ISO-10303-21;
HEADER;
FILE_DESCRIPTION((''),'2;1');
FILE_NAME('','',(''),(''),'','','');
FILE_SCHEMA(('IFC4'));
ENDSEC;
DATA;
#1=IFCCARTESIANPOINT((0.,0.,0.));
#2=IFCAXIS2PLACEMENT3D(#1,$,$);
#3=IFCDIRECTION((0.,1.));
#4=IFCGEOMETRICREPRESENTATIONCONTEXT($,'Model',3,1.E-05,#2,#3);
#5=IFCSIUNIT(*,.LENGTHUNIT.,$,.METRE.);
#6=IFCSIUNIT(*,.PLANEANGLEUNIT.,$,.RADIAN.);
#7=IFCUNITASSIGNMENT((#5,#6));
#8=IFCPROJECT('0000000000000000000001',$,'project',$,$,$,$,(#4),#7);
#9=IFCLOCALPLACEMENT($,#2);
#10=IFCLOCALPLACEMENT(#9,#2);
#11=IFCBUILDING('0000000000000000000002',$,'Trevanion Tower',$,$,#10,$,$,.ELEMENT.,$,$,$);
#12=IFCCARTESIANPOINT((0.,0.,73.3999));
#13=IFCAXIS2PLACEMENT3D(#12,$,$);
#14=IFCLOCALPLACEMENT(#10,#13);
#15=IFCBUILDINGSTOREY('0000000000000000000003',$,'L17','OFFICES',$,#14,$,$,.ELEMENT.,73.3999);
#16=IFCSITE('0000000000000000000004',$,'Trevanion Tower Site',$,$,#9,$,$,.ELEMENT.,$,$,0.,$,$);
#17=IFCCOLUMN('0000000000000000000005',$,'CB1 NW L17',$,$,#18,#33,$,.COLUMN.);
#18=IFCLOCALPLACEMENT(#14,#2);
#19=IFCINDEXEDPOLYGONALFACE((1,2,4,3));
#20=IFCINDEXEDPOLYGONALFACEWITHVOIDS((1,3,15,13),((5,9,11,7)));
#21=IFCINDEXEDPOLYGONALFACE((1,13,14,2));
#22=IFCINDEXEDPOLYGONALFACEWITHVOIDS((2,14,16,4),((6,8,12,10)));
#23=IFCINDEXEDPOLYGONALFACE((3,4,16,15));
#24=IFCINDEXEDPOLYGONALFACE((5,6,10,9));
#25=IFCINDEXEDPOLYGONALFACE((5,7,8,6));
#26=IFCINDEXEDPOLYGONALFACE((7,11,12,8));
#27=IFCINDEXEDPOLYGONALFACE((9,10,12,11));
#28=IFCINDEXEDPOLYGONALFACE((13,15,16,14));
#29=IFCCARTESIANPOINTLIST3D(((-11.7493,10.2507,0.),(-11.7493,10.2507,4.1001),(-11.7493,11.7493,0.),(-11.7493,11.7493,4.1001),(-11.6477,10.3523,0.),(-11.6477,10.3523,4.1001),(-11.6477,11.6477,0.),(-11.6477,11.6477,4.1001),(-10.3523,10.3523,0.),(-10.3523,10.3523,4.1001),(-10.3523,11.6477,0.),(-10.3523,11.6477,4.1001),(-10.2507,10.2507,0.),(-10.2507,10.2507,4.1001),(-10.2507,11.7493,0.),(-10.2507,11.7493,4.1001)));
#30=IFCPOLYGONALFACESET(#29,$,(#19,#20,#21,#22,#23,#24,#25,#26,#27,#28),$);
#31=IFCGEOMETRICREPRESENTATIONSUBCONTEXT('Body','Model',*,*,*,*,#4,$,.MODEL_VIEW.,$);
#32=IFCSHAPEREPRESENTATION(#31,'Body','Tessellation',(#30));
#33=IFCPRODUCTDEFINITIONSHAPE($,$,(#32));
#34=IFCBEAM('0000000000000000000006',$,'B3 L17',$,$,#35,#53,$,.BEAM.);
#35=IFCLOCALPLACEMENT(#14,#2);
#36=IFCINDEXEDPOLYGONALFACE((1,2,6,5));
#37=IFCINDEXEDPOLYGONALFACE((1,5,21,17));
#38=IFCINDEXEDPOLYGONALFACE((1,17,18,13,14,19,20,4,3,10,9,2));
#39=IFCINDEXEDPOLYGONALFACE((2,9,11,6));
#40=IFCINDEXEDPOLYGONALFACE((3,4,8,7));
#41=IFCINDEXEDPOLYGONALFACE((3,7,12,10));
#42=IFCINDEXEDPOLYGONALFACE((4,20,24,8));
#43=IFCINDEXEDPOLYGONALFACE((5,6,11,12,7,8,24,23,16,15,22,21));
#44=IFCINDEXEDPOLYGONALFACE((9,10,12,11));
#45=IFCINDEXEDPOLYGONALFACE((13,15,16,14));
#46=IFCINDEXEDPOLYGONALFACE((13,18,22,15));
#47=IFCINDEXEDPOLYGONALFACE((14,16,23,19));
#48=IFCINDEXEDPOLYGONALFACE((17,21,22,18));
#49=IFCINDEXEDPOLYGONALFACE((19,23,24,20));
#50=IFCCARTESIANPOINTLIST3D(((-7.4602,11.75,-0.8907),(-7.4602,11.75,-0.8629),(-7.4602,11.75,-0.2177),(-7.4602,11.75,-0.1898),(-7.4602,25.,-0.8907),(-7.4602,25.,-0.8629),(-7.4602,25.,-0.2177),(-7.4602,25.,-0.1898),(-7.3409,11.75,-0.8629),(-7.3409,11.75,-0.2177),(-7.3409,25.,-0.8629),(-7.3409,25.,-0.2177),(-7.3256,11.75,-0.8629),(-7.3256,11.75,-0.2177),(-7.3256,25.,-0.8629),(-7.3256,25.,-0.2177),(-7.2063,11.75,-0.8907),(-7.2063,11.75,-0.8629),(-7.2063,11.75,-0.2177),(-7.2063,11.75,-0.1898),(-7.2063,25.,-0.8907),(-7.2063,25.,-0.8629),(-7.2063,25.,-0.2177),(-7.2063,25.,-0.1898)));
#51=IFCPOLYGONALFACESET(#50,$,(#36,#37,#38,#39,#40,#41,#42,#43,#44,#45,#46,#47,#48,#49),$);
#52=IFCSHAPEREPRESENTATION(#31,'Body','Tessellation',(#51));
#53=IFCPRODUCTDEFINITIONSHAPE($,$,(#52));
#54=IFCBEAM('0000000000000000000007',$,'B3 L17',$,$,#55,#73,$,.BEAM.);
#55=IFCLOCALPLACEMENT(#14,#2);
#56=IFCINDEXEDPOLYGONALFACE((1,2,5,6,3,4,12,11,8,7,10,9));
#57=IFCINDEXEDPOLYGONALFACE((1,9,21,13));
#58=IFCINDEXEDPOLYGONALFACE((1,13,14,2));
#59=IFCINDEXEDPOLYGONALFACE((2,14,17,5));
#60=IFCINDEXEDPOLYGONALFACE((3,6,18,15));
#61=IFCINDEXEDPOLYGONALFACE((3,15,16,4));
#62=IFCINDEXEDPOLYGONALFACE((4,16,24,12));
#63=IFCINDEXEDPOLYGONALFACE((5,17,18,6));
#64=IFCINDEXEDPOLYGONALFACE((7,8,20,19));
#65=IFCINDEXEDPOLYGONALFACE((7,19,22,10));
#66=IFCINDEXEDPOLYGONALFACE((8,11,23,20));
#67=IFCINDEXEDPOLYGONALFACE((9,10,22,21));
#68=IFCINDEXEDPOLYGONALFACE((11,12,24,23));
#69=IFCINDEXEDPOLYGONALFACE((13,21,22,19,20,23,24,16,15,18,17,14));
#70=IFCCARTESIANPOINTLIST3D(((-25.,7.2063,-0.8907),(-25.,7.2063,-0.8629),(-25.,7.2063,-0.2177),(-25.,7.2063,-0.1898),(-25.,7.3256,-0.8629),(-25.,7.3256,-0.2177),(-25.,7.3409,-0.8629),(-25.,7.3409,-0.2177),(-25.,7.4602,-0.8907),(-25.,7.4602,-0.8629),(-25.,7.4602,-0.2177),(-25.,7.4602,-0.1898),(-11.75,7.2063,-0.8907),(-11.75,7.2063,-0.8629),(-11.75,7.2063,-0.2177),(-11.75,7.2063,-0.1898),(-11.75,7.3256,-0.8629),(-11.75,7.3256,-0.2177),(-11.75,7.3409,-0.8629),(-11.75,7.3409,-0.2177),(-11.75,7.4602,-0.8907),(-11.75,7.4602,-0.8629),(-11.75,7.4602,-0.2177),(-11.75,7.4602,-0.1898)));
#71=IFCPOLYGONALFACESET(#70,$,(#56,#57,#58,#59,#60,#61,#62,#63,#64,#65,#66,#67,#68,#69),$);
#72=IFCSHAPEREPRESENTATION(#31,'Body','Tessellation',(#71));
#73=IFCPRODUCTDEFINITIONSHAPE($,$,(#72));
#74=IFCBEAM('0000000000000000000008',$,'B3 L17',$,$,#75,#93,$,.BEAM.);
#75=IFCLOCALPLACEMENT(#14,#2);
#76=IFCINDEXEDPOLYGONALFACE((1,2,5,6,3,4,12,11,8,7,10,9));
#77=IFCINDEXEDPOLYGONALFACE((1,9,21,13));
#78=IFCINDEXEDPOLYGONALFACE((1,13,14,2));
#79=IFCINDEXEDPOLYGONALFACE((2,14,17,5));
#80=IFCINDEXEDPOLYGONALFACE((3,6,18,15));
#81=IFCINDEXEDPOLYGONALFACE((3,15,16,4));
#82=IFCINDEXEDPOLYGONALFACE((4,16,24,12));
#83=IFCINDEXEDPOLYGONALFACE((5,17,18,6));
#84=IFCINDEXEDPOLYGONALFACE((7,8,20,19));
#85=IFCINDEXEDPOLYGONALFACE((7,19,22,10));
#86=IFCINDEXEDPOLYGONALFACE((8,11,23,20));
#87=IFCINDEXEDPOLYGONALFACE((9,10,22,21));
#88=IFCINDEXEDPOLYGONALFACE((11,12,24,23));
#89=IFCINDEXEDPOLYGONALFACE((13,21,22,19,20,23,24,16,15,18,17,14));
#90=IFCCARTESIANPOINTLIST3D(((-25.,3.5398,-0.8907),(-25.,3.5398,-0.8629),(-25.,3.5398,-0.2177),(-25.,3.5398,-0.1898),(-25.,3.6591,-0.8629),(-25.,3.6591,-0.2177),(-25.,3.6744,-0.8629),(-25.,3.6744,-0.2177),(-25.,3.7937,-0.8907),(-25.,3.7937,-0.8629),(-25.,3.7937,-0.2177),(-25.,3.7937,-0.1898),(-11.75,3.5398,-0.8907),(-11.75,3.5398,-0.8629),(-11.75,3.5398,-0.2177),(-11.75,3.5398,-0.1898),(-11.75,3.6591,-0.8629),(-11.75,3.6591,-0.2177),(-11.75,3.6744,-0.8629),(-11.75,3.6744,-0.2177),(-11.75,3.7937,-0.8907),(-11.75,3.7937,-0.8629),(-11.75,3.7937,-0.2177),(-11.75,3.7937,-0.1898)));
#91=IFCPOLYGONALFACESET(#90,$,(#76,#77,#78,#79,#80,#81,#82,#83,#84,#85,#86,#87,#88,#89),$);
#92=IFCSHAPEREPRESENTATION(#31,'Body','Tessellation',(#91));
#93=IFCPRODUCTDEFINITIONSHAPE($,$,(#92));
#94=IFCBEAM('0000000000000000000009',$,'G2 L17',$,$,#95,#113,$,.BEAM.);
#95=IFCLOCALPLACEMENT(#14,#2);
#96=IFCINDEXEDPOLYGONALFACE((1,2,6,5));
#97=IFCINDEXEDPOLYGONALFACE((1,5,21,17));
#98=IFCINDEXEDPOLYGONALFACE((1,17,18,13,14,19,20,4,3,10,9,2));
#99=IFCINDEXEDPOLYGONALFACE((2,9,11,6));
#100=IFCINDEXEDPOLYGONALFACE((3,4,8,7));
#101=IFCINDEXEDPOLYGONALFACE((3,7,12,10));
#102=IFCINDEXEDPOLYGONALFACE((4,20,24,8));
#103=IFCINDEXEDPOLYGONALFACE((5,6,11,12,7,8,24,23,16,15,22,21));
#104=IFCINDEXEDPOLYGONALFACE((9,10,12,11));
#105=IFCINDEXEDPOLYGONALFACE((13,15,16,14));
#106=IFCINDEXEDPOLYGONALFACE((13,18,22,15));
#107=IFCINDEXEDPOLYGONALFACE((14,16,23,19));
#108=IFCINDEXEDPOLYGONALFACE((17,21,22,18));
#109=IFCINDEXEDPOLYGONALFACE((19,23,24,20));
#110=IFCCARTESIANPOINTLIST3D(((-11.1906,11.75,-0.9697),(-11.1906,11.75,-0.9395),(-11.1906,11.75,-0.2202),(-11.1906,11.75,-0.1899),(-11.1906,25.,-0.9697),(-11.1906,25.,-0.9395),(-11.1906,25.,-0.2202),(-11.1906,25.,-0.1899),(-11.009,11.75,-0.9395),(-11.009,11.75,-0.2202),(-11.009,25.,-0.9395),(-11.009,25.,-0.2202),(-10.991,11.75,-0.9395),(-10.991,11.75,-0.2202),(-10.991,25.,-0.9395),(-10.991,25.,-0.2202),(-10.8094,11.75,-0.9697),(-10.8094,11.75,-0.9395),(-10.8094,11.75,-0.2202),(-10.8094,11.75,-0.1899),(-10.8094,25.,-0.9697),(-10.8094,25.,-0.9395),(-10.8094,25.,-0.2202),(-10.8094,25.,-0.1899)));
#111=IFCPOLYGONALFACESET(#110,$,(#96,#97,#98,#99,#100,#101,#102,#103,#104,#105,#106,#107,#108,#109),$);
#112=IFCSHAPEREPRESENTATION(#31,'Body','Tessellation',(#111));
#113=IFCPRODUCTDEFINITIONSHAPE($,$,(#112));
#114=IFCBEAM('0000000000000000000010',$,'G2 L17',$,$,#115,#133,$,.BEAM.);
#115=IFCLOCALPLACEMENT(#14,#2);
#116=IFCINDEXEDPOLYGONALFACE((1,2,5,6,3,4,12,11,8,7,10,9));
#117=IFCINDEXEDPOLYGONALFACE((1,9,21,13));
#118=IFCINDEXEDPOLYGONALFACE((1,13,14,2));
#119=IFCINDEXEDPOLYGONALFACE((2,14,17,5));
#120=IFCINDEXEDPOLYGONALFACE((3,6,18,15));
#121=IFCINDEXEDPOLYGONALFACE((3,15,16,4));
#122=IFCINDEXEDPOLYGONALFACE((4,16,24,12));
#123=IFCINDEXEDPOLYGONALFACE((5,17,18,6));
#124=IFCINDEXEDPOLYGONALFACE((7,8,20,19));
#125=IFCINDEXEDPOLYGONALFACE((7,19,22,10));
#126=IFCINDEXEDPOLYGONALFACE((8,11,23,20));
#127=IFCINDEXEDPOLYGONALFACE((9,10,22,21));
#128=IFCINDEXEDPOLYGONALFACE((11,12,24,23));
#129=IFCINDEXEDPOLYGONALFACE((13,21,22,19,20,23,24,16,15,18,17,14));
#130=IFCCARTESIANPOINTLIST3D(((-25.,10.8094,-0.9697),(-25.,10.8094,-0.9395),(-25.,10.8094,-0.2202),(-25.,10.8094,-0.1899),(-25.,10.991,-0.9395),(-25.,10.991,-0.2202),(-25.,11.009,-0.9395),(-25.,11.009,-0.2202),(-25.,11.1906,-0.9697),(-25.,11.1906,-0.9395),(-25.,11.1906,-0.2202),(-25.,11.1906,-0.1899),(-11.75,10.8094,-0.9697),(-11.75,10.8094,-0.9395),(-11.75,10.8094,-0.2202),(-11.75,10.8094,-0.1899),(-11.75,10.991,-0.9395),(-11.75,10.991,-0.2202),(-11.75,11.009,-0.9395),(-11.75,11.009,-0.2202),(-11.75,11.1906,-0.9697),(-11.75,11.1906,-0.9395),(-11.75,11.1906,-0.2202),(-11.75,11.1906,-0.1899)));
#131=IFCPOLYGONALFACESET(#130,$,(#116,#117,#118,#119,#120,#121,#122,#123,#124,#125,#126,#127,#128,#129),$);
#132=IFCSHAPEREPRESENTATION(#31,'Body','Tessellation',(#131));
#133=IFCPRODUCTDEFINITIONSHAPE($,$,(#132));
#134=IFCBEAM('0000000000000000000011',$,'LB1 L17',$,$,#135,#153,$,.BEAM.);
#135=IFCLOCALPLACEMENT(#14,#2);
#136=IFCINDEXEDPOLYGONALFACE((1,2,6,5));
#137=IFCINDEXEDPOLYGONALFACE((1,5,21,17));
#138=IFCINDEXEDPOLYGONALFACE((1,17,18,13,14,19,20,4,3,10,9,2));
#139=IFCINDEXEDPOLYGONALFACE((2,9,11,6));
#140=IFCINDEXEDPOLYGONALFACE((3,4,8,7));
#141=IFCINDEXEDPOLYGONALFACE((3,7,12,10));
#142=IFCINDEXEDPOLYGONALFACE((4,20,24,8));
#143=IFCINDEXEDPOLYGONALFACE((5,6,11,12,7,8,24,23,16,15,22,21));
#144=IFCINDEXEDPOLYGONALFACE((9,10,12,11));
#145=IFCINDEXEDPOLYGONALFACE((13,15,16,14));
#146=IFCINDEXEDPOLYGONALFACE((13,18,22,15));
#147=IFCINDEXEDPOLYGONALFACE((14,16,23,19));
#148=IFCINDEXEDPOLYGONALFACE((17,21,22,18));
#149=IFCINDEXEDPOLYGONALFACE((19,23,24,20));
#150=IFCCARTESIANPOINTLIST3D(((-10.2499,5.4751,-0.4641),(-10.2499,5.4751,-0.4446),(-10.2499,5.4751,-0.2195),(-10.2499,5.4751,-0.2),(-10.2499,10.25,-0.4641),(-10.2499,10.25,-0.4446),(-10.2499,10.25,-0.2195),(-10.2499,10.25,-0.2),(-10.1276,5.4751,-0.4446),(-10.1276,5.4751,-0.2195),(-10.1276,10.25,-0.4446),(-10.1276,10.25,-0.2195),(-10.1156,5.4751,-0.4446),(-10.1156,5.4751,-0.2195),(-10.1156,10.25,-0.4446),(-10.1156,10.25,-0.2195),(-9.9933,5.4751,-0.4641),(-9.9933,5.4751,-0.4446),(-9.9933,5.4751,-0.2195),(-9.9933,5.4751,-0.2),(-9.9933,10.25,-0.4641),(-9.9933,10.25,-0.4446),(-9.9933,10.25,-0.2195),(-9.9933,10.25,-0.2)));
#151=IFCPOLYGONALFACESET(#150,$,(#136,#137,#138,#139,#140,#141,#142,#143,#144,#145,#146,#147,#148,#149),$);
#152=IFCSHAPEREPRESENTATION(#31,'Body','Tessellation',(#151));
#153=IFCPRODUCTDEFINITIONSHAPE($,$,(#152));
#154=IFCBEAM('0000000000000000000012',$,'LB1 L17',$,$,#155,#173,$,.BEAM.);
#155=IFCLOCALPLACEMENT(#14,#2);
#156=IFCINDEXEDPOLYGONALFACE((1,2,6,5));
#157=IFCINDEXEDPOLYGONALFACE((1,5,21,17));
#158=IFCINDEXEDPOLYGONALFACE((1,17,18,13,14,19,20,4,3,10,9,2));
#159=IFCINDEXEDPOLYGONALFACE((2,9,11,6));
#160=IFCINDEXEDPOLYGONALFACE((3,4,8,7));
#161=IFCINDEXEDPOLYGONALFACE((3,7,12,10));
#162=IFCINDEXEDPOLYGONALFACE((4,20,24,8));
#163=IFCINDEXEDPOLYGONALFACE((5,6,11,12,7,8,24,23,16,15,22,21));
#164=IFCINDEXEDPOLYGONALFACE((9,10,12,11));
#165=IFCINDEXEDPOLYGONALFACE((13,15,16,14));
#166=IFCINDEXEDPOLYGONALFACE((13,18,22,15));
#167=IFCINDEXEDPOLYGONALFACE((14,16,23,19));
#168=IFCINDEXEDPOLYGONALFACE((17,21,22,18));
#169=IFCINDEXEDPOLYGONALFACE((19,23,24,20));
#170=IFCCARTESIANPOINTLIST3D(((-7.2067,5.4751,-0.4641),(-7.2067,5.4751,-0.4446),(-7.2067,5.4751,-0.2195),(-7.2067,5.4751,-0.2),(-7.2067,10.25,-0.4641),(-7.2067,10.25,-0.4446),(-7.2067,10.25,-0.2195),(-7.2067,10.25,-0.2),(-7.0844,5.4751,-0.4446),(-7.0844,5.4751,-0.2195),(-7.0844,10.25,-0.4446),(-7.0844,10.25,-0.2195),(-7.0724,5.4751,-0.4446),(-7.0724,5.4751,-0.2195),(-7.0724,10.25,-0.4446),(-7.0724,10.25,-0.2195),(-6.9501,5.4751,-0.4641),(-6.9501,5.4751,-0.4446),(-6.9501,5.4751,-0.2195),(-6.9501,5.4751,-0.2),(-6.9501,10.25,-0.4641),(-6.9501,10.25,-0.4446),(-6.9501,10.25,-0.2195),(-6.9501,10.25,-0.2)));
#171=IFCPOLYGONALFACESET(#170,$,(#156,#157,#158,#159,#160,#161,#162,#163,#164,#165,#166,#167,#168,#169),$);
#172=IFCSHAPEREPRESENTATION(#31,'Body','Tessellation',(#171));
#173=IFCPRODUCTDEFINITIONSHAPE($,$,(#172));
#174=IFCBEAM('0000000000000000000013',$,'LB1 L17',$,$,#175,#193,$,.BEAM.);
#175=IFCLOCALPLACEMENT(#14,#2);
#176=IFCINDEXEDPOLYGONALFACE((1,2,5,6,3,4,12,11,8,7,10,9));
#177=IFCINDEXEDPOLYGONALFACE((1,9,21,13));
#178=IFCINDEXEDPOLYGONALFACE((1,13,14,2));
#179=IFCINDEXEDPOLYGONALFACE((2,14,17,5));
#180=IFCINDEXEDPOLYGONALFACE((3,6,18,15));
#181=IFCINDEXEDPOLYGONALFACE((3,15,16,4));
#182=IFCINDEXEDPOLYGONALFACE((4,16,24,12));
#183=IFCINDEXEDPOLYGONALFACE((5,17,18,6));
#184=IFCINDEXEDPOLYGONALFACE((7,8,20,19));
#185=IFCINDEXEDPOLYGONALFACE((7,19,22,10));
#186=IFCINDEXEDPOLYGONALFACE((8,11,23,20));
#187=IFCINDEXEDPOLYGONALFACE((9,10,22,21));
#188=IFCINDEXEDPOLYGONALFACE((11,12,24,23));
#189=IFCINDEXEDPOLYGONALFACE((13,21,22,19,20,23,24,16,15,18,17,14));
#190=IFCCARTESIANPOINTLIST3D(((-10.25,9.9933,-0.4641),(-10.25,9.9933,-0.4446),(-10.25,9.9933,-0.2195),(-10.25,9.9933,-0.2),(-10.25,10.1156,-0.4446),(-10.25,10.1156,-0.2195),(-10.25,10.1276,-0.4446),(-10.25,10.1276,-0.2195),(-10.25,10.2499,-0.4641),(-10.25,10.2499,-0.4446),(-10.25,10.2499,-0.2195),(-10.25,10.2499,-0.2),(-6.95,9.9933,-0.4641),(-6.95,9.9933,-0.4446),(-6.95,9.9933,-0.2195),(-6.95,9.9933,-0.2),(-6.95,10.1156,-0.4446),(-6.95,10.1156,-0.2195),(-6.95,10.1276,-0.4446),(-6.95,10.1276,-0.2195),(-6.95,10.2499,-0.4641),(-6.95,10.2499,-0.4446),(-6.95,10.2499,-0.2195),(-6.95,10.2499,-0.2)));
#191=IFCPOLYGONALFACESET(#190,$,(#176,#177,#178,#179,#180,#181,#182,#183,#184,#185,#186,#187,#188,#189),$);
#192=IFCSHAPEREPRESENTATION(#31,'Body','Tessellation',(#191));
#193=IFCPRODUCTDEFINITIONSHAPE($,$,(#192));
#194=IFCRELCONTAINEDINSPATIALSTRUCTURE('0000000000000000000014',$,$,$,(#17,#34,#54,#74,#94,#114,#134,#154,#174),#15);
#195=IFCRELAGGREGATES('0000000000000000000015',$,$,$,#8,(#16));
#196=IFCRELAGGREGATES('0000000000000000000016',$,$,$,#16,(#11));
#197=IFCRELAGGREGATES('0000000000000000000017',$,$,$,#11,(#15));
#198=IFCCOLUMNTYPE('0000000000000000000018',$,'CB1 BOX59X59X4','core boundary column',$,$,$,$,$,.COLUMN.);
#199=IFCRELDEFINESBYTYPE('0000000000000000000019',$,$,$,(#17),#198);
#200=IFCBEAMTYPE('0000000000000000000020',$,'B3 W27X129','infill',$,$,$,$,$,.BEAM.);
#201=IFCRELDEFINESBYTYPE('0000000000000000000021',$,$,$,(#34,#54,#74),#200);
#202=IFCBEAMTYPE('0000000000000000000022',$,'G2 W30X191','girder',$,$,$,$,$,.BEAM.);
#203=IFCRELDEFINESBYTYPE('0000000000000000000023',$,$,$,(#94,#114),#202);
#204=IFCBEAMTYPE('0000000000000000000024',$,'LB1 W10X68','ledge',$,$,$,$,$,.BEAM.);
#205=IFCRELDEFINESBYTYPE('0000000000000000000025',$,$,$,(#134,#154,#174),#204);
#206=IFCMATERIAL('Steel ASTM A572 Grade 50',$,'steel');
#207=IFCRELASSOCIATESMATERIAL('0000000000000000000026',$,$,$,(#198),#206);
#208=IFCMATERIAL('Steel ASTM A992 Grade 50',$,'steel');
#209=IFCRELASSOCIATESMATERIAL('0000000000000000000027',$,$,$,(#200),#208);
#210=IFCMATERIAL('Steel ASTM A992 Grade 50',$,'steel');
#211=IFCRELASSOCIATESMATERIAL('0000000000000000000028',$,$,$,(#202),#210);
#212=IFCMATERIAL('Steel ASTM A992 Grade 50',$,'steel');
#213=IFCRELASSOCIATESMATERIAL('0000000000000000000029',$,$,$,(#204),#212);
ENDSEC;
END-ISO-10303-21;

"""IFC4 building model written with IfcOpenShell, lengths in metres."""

from ifc_helpers import new_model, si_unit, direction, frame, origin, origin_2d, place, context, subcontext, project, spatial, hollow_rectangle, i_section, extrude, material, material_profile, profile_set, type_object, element, save


model = new_model("IFC4")

# Units and contexts
model_context = context("Model", 3, precision=1e-05, world=origin(), true_north=direction((0.0, 1.0)))
body_context = subcontext(model_context, "Body", "Model", "MODEL_VIEW")
ifc_project = project(units=[si_unit("LENGTHUNIT", "METRE"), si_unit("PLANEANGLEUNIT", "RADIAN")], contexts=[model_context])

# Site, building, storey
site_placement = place(None, origin())
site = spatial("IfcSite", under=ifc_project, at=site_placement, Name="Trevanion Tower Site", CompositionType="ELEMENT", RefElevation=0.0)
building_placement = place(site_placement, origin())
building = spatial("IfcBuilding", under=site, at=building_placement, Name="Trevanion Tower", CompositionType="ELEMENT")
storey_placement = place(building_placement, frame((0.0, 0.0, 73.3999)))
storey = spatial("IfcBuildingStorey", under=building, at=storey_placement, Name="L17", Description="OFFICES", CompositionType="ELEMENT", Elevation=73.3999)

# Column
ifc_material_1 = material(Name="Steel ASTM A572 Grade 50", Category="steel")
ifc_material_profile_1 = material_profile(ifc_material_1, hollow_rectangle(XDim=1.4985, YDim=1.4985, WallThickness=0.1016, at=origin_2d()), Name="BOX59X59X4")
ifc_profile_set_1 = profile_set([ifc_material_profile_1], Name="Steel ASTM A572 Grade 50")
column_type = type_object("IfcColumnType", Name="CB1 BOX59X59X4", Description="core boundary column", PredefinedType="COLUMN", material=ifc_profile_set_1)
column_placement = place(storey_placement, frame((-11.0, 11.0, 0.0), z_axis=(0.0, 0.0, 1.0), x_axis=(1.0, 0.0, 0.0)))
element("IfcColumn", 1, at=column_placement, inside=storey, type_object=column_type, Name="CB1 NW L17", PredefinedType="COLUMN", context=body_context, shape_type="SweptSolid", body=[
    extrude(hollow_rectangle(XDim=1.4985, YDim=1.4985, WallThickness=0.1016, at=origin_2d()), origin(), (0.0, 0.0, 1.0), 4.1001),
])

# Beams
ifc_material_2 = material(Name="Steel ASTM A992 Grade 50", Category="steel")
ifc_material_profile_2 = material_profile(ifc_material_2, i_section(OverallWidth=0.2539, OverallDepth=0.7009, WebThickness=0.0154, FlangeThickness=0.0278, at=origin_2d()), Name="W27X129")
ifc_profile_set_2 = profile_set([ifc_material_profile_2], Name="Steel ASTM A992 Grade 50")
beam_type_1 = type_object("IfcBeamType", Name="B3 W27X129", Description="infill", PredefinedType="BEAM", material=ifc_profile_set_2)
for number, where, z_axis, x_axis, name in (
    (2, (-7.3333, 11.75, -0.5403), (0.0, 1.0, 0.0), (-1.0, 0.0, 0.0), "B3 L17"),
    (3, (-11.75, 7.3333, -0.5403), (-1.0, 0.0, 0.0), (0.0, -1.0, 0.0), "B3 L17"),
    (4, (-11.75, 3.6667, -0.5403), (-1.0, 0.0, 0.0), (0.0, -1.0, 0.0), "B3 L17"),
):
    element("IfcBeam", number, at=place(storey_placement, frame(where, z_axis=z_axis, x_axis=x_axis)), inside=storey, type_object=beam_type_1, Name=name, PredefinedType="BEAM", context=body_context, shape_type="SweptSolid", body=[
        extrude(i_section(OverallWidth=0.2539, OverallDepth=0.7009, WebThickness=0.0154, FlangeThickness=0.0278, at=origin_2d()), origin(), (0.0, 0.0, 1.0), 13.25),
    ])
ifc_material_3 = material(Name="Steel ASTM A992 Grade 50", Category="steel")
ifc_material_profile_3 = material_profile(ifc_material_3, i_section(OverallWidth=0.3811, OverallDepth=0.7798, WebThickness=0.0181, FlangeThickness=0.0303, at=origin_2d()), Name="W30X191")
ifc_profile_set_3 = profile_set([ifc_material_profile_3], Name="Steel ASTM A992 Grade 50")
beam_type_2 = type_object("IfcBeamType", Name="G2 W30X191", Description="girder", PredefinedType="BEAM", material=ifc_profile_set_3)
for number, where, z_axis, x_axis, name in (
    (5, (-11.0, 11.75, -0.5798), (0.0, 1.0, 0.0), (-1.0, 0.0, 0.0), "G2 L17"),
    (6, (-11.75, 11.0, -0.5798), (-1.0, 0.0, 0.0), (0.0, -1.0, 0.0), "G2 L17"),
):
    element("IfcBeam", number, at=place(storey_placement, frame(where, z_axis=z_axis, x_axis=x_axis)), inside=storey, type_object=beam_type_2, Name=name, PredefinedType="BEAM", context=body_context, shape_type="SweptSolid", body=[
        extrude(i_section(OverallWidth=0.3811, OverallDepth=0.7798, WebThickness=0.0181, FlangeThickness=0.0303, at=origin_2d()), origin(), (0.0, 0.0, 1.0), 13.25),
    ])
ifc_material_4 = material(Name="Steel ASTM A992 Grade 50", Category="steel")
ifc_material_profile_4 = material_profile(ifc_material_4, i_section(OverallWidth=0.2566, OverallDepth=0.2642, WebThickness=0.012, FlangeThickness=0.0195, at=origin_2d()), Name="W10X68")
ifc_profile_set_4 = profile_set([ifc_material_profile_4], Name="Steel ASTM A992 Grade 50")
beam_type_3 = type_object("IfcBeamType", Name="LB1 W10X68", Description="ledge", PredefinedType="BEAM", material=ifc_profile_set_4)
for number, where, z_axis, x_axis, name in (
    (7, (-10.1216, 5.4751, -0.332), (0.0, 1.0, 0.0), (-1.0, 0.0, 0.0), "LB1 L17"),
    (8, (-7.0784, 5.4751, -0.332), (0.0, 1.0, 0.0), (-1.0, 0.0, 0.0), "LB1 L17"),
):
    element("IfcBeam", number, at=place(storey_placement, frame(where, z_axis=z_axis, x_axis=x_axis)), inside=storey, type_object=beam_type_3, Name=name, PredefinedType="BEAM", context=body_context, shape_type="SweptSolid", body=[
        extrude(i_section(OverallWidth=0.2566, OverallDepth=0.2642, WebThickness=0.012, FlangeThickness=0.0195, at=origin_2d()), origin(), (0.0, 0.0, 1.0), 4.7749),
    ])
beam_placement = place(storey_placement, frame((-10.25, 10.1216, -0.332), z_axis=(1.0, 0.0, 0.0), x_axis=(0.0, 1.0, 0.0)))
element("IfcBeam", 9, at=beam_placement, inside=storey, type_object=beam_type_3, Name="LB1 L17", PredefinedType="BEAM", context=body_context, shape_type="SweptSolid", body=[
    extrude(i_section(OverallWidth=0.2566, OverallDepth=0.2642, WebThickness=0.012, FlangeThickness=0.0195, at=origin_2d()), origin(), (0.0, 0.0, 1.0), 3.3),
])

save(model, "model.ifc")
